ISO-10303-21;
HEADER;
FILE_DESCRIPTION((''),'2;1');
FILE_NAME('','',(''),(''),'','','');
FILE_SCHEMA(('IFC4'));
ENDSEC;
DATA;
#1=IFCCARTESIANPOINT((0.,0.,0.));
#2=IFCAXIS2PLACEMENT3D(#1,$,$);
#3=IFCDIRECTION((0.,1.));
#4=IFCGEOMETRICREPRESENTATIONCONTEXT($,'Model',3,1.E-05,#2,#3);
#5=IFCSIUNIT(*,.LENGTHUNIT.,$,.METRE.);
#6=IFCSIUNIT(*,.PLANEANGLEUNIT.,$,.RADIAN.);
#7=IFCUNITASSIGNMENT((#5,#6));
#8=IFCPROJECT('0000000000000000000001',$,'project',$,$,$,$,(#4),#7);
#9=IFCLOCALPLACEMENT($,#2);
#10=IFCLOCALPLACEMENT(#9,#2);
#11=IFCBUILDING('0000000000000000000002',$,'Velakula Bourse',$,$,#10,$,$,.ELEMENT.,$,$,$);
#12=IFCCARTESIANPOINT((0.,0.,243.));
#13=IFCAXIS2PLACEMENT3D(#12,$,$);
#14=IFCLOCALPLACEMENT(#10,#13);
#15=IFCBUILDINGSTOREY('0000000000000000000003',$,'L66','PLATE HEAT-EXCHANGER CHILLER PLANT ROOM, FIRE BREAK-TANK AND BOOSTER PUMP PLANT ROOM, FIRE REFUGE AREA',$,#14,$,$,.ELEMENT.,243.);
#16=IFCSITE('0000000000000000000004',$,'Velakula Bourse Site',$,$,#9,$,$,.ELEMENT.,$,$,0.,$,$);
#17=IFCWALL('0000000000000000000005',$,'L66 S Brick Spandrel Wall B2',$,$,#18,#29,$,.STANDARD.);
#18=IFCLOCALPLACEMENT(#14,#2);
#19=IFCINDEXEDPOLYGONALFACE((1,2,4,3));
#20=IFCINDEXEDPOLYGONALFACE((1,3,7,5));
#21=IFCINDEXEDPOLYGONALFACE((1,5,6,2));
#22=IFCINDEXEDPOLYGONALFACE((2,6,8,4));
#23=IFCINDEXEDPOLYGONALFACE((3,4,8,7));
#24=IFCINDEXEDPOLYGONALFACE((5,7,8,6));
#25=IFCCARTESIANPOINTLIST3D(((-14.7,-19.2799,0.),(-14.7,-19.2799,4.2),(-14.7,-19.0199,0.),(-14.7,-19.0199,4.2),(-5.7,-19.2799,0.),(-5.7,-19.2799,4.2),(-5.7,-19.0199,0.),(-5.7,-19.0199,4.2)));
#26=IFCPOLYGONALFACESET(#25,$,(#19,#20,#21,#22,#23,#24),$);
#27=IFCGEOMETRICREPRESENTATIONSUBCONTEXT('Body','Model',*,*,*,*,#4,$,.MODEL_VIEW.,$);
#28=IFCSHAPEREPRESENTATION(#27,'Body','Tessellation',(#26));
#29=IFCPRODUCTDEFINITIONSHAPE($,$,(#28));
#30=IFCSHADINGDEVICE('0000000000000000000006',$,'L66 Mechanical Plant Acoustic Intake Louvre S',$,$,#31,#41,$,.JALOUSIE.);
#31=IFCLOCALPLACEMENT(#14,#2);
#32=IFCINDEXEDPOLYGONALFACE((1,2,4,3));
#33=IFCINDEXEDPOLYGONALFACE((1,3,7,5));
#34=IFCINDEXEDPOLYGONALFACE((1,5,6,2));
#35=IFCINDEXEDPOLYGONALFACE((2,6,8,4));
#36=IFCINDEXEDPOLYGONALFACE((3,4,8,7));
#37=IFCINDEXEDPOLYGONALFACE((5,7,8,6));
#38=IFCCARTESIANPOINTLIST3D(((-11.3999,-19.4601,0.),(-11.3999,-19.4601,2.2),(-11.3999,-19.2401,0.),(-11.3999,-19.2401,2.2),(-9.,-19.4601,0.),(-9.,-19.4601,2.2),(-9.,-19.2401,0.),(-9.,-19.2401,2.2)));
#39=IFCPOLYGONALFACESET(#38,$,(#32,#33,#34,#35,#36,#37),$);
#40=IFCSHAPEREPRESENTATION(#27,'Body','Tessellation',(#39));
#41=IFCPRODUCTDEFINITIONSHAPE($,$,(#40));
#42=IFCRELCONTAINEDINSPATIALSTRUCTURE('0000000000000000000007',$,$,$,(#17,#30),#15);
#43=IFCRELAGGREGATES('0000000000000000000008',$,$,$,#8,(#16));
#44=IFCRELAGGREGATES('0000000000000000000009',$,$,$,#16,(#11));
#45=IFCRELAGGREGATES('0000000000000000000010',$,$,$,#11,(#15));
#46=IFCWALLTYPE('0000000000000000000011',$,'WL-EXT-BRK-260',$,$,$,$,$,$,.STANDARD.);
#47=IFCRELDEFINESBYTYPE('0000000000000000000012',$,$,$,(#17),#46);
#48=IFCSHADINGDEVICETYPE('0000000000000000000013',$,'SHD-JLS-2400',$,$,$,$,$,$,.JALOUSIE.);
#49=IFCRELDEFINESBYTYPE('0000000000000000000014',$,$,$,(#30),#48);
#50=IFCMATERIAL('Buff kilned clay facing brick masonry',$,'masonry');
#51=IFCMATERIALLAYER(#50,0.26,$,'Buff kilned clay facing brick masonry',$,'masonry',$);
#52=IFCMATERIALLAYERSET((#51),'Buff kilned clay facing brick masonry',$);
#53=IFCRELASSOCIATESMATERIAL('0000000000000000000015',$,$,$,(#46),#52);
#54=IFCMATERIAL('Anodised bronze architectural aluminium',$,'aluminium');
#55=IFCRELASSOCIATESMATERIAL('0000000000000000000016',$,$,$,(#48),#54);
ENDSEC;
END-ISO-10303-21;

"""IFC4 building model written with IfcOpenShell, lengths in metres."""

from ifc_helpers import new_model, si_unit, direction, frame, frame_2d, origin, origin_2d, place, context, subcontext, project, spatial, rectangle, extrude, material, layer, layer_set, type_object, element, save


model = new_model("IFC4")

# Units and contexts
model_context = context("Model", 3, precision=1e-05, world=origin(), true_north=direction((0.0, 1.0)))
body_context = subcontext(model_context, "Body", "Model", "MODEL_VIEW")
ifc_project = project(units=[si_unit("LENGTHUNIT", "METRE"), si_unit("PLANEANGLEUNIT", "RADIAN")], contexts=[model_context])

# Site, building, storey
site_placement = place(None, origin())
site = spatial("IfcSite", under=ifc_project, at=site_placement, Name="Velakula Bourse Site", CompositionType="ELEMENT", RefElevation=0.0)
building_placement = place(site_placement, origin())
building = spatial("IfcBuilding", under=site, at=building_placement, Name="Velakula Bourse", CompositionType="ELEMENT")
storey_placement = place(building_placement, frame((0.0, 0.0, 243.0)))
storey = spatial("IfcBuildingStorey", under=building, at=storey_placement, Name="L66", Description="PLATE HEAT-EXCHANGER CHILLER PLANT ROOM, FIRE BREAK-TANK AND BOOSTER PUMP PLANT ROOM, FIRE REFUGE AREA", CompositionType="ELEMENT", Elevation=243.0)

# Wall
ifc_material_1 = material(Name="Buff kilned clay facing brick masonry", Category="masonry")
ifc_layer_1 = layer(ifc_material_1, 0.26, Name="Buff kilned clay facing brick masonry", Category="masonry")
ifc_layer_set_1 = layer_set([ifc_layer_1], Name="Buff kilned clay facing brick masonry")
wall_type = type_object("IfcWallType", Name="WL-EXT-BRK-260", PredefinedType="STANDARD", material=ifc_layer_set_1)
wall_1_placement = place(storey_placement, frame((-5.7, -19.1499, 0.0), z_axis=(0.0, 0.0, 1.0), x_axis=(-1.0, 0.0, 0.0)))
element("IfcWall", 1, at=wall_1_placement, inside=storey, type_object=wall_type, Name="L66 S Brick Spandrel Wall B2", PredefinedType="STANDARD", context=body_context, shape_type="SweptSolid", body=[
    extrude(rectangle(XDim=9.0, YDim=0.26, at=frame_2d((4.5, 0.0))), origin(), (0.0, 0.0, 1.0), 4.2),
])

# Shading device
ifc_material_2 = material(Name="Anodised bronze architectural aluminium", Category="aluminium")
shading_device_type = type_object("IfcShadingDeviceType", Name="SHD-JLS-2400", PredefinedType="JALOUSIE", material=ifc_material_2)
shading_device_placement = place(storey_placement, frame((-10.2, -19.3501, 0.0), z_axis=(0.0, 0.0, 1.0), x_axis=(1.0, 0.0, 0.0)))
element("IfcShadingDevice", 2, at=shading_device_placement, inside=storey, type_object=shading_device_type, Name="L66 Mechanical Plant Acoustic Intake Louvre S", PredefinedType="JALOUSIE", context=body_context, shape_type="SweptSolid", body=[
    extrude(rectangle(XDim=2.3999, YDim=0.22, at=origin_2d()), origin(), (0.0, 0.0, 1.0), 2.2),
])

save(model, "model.ifc")
